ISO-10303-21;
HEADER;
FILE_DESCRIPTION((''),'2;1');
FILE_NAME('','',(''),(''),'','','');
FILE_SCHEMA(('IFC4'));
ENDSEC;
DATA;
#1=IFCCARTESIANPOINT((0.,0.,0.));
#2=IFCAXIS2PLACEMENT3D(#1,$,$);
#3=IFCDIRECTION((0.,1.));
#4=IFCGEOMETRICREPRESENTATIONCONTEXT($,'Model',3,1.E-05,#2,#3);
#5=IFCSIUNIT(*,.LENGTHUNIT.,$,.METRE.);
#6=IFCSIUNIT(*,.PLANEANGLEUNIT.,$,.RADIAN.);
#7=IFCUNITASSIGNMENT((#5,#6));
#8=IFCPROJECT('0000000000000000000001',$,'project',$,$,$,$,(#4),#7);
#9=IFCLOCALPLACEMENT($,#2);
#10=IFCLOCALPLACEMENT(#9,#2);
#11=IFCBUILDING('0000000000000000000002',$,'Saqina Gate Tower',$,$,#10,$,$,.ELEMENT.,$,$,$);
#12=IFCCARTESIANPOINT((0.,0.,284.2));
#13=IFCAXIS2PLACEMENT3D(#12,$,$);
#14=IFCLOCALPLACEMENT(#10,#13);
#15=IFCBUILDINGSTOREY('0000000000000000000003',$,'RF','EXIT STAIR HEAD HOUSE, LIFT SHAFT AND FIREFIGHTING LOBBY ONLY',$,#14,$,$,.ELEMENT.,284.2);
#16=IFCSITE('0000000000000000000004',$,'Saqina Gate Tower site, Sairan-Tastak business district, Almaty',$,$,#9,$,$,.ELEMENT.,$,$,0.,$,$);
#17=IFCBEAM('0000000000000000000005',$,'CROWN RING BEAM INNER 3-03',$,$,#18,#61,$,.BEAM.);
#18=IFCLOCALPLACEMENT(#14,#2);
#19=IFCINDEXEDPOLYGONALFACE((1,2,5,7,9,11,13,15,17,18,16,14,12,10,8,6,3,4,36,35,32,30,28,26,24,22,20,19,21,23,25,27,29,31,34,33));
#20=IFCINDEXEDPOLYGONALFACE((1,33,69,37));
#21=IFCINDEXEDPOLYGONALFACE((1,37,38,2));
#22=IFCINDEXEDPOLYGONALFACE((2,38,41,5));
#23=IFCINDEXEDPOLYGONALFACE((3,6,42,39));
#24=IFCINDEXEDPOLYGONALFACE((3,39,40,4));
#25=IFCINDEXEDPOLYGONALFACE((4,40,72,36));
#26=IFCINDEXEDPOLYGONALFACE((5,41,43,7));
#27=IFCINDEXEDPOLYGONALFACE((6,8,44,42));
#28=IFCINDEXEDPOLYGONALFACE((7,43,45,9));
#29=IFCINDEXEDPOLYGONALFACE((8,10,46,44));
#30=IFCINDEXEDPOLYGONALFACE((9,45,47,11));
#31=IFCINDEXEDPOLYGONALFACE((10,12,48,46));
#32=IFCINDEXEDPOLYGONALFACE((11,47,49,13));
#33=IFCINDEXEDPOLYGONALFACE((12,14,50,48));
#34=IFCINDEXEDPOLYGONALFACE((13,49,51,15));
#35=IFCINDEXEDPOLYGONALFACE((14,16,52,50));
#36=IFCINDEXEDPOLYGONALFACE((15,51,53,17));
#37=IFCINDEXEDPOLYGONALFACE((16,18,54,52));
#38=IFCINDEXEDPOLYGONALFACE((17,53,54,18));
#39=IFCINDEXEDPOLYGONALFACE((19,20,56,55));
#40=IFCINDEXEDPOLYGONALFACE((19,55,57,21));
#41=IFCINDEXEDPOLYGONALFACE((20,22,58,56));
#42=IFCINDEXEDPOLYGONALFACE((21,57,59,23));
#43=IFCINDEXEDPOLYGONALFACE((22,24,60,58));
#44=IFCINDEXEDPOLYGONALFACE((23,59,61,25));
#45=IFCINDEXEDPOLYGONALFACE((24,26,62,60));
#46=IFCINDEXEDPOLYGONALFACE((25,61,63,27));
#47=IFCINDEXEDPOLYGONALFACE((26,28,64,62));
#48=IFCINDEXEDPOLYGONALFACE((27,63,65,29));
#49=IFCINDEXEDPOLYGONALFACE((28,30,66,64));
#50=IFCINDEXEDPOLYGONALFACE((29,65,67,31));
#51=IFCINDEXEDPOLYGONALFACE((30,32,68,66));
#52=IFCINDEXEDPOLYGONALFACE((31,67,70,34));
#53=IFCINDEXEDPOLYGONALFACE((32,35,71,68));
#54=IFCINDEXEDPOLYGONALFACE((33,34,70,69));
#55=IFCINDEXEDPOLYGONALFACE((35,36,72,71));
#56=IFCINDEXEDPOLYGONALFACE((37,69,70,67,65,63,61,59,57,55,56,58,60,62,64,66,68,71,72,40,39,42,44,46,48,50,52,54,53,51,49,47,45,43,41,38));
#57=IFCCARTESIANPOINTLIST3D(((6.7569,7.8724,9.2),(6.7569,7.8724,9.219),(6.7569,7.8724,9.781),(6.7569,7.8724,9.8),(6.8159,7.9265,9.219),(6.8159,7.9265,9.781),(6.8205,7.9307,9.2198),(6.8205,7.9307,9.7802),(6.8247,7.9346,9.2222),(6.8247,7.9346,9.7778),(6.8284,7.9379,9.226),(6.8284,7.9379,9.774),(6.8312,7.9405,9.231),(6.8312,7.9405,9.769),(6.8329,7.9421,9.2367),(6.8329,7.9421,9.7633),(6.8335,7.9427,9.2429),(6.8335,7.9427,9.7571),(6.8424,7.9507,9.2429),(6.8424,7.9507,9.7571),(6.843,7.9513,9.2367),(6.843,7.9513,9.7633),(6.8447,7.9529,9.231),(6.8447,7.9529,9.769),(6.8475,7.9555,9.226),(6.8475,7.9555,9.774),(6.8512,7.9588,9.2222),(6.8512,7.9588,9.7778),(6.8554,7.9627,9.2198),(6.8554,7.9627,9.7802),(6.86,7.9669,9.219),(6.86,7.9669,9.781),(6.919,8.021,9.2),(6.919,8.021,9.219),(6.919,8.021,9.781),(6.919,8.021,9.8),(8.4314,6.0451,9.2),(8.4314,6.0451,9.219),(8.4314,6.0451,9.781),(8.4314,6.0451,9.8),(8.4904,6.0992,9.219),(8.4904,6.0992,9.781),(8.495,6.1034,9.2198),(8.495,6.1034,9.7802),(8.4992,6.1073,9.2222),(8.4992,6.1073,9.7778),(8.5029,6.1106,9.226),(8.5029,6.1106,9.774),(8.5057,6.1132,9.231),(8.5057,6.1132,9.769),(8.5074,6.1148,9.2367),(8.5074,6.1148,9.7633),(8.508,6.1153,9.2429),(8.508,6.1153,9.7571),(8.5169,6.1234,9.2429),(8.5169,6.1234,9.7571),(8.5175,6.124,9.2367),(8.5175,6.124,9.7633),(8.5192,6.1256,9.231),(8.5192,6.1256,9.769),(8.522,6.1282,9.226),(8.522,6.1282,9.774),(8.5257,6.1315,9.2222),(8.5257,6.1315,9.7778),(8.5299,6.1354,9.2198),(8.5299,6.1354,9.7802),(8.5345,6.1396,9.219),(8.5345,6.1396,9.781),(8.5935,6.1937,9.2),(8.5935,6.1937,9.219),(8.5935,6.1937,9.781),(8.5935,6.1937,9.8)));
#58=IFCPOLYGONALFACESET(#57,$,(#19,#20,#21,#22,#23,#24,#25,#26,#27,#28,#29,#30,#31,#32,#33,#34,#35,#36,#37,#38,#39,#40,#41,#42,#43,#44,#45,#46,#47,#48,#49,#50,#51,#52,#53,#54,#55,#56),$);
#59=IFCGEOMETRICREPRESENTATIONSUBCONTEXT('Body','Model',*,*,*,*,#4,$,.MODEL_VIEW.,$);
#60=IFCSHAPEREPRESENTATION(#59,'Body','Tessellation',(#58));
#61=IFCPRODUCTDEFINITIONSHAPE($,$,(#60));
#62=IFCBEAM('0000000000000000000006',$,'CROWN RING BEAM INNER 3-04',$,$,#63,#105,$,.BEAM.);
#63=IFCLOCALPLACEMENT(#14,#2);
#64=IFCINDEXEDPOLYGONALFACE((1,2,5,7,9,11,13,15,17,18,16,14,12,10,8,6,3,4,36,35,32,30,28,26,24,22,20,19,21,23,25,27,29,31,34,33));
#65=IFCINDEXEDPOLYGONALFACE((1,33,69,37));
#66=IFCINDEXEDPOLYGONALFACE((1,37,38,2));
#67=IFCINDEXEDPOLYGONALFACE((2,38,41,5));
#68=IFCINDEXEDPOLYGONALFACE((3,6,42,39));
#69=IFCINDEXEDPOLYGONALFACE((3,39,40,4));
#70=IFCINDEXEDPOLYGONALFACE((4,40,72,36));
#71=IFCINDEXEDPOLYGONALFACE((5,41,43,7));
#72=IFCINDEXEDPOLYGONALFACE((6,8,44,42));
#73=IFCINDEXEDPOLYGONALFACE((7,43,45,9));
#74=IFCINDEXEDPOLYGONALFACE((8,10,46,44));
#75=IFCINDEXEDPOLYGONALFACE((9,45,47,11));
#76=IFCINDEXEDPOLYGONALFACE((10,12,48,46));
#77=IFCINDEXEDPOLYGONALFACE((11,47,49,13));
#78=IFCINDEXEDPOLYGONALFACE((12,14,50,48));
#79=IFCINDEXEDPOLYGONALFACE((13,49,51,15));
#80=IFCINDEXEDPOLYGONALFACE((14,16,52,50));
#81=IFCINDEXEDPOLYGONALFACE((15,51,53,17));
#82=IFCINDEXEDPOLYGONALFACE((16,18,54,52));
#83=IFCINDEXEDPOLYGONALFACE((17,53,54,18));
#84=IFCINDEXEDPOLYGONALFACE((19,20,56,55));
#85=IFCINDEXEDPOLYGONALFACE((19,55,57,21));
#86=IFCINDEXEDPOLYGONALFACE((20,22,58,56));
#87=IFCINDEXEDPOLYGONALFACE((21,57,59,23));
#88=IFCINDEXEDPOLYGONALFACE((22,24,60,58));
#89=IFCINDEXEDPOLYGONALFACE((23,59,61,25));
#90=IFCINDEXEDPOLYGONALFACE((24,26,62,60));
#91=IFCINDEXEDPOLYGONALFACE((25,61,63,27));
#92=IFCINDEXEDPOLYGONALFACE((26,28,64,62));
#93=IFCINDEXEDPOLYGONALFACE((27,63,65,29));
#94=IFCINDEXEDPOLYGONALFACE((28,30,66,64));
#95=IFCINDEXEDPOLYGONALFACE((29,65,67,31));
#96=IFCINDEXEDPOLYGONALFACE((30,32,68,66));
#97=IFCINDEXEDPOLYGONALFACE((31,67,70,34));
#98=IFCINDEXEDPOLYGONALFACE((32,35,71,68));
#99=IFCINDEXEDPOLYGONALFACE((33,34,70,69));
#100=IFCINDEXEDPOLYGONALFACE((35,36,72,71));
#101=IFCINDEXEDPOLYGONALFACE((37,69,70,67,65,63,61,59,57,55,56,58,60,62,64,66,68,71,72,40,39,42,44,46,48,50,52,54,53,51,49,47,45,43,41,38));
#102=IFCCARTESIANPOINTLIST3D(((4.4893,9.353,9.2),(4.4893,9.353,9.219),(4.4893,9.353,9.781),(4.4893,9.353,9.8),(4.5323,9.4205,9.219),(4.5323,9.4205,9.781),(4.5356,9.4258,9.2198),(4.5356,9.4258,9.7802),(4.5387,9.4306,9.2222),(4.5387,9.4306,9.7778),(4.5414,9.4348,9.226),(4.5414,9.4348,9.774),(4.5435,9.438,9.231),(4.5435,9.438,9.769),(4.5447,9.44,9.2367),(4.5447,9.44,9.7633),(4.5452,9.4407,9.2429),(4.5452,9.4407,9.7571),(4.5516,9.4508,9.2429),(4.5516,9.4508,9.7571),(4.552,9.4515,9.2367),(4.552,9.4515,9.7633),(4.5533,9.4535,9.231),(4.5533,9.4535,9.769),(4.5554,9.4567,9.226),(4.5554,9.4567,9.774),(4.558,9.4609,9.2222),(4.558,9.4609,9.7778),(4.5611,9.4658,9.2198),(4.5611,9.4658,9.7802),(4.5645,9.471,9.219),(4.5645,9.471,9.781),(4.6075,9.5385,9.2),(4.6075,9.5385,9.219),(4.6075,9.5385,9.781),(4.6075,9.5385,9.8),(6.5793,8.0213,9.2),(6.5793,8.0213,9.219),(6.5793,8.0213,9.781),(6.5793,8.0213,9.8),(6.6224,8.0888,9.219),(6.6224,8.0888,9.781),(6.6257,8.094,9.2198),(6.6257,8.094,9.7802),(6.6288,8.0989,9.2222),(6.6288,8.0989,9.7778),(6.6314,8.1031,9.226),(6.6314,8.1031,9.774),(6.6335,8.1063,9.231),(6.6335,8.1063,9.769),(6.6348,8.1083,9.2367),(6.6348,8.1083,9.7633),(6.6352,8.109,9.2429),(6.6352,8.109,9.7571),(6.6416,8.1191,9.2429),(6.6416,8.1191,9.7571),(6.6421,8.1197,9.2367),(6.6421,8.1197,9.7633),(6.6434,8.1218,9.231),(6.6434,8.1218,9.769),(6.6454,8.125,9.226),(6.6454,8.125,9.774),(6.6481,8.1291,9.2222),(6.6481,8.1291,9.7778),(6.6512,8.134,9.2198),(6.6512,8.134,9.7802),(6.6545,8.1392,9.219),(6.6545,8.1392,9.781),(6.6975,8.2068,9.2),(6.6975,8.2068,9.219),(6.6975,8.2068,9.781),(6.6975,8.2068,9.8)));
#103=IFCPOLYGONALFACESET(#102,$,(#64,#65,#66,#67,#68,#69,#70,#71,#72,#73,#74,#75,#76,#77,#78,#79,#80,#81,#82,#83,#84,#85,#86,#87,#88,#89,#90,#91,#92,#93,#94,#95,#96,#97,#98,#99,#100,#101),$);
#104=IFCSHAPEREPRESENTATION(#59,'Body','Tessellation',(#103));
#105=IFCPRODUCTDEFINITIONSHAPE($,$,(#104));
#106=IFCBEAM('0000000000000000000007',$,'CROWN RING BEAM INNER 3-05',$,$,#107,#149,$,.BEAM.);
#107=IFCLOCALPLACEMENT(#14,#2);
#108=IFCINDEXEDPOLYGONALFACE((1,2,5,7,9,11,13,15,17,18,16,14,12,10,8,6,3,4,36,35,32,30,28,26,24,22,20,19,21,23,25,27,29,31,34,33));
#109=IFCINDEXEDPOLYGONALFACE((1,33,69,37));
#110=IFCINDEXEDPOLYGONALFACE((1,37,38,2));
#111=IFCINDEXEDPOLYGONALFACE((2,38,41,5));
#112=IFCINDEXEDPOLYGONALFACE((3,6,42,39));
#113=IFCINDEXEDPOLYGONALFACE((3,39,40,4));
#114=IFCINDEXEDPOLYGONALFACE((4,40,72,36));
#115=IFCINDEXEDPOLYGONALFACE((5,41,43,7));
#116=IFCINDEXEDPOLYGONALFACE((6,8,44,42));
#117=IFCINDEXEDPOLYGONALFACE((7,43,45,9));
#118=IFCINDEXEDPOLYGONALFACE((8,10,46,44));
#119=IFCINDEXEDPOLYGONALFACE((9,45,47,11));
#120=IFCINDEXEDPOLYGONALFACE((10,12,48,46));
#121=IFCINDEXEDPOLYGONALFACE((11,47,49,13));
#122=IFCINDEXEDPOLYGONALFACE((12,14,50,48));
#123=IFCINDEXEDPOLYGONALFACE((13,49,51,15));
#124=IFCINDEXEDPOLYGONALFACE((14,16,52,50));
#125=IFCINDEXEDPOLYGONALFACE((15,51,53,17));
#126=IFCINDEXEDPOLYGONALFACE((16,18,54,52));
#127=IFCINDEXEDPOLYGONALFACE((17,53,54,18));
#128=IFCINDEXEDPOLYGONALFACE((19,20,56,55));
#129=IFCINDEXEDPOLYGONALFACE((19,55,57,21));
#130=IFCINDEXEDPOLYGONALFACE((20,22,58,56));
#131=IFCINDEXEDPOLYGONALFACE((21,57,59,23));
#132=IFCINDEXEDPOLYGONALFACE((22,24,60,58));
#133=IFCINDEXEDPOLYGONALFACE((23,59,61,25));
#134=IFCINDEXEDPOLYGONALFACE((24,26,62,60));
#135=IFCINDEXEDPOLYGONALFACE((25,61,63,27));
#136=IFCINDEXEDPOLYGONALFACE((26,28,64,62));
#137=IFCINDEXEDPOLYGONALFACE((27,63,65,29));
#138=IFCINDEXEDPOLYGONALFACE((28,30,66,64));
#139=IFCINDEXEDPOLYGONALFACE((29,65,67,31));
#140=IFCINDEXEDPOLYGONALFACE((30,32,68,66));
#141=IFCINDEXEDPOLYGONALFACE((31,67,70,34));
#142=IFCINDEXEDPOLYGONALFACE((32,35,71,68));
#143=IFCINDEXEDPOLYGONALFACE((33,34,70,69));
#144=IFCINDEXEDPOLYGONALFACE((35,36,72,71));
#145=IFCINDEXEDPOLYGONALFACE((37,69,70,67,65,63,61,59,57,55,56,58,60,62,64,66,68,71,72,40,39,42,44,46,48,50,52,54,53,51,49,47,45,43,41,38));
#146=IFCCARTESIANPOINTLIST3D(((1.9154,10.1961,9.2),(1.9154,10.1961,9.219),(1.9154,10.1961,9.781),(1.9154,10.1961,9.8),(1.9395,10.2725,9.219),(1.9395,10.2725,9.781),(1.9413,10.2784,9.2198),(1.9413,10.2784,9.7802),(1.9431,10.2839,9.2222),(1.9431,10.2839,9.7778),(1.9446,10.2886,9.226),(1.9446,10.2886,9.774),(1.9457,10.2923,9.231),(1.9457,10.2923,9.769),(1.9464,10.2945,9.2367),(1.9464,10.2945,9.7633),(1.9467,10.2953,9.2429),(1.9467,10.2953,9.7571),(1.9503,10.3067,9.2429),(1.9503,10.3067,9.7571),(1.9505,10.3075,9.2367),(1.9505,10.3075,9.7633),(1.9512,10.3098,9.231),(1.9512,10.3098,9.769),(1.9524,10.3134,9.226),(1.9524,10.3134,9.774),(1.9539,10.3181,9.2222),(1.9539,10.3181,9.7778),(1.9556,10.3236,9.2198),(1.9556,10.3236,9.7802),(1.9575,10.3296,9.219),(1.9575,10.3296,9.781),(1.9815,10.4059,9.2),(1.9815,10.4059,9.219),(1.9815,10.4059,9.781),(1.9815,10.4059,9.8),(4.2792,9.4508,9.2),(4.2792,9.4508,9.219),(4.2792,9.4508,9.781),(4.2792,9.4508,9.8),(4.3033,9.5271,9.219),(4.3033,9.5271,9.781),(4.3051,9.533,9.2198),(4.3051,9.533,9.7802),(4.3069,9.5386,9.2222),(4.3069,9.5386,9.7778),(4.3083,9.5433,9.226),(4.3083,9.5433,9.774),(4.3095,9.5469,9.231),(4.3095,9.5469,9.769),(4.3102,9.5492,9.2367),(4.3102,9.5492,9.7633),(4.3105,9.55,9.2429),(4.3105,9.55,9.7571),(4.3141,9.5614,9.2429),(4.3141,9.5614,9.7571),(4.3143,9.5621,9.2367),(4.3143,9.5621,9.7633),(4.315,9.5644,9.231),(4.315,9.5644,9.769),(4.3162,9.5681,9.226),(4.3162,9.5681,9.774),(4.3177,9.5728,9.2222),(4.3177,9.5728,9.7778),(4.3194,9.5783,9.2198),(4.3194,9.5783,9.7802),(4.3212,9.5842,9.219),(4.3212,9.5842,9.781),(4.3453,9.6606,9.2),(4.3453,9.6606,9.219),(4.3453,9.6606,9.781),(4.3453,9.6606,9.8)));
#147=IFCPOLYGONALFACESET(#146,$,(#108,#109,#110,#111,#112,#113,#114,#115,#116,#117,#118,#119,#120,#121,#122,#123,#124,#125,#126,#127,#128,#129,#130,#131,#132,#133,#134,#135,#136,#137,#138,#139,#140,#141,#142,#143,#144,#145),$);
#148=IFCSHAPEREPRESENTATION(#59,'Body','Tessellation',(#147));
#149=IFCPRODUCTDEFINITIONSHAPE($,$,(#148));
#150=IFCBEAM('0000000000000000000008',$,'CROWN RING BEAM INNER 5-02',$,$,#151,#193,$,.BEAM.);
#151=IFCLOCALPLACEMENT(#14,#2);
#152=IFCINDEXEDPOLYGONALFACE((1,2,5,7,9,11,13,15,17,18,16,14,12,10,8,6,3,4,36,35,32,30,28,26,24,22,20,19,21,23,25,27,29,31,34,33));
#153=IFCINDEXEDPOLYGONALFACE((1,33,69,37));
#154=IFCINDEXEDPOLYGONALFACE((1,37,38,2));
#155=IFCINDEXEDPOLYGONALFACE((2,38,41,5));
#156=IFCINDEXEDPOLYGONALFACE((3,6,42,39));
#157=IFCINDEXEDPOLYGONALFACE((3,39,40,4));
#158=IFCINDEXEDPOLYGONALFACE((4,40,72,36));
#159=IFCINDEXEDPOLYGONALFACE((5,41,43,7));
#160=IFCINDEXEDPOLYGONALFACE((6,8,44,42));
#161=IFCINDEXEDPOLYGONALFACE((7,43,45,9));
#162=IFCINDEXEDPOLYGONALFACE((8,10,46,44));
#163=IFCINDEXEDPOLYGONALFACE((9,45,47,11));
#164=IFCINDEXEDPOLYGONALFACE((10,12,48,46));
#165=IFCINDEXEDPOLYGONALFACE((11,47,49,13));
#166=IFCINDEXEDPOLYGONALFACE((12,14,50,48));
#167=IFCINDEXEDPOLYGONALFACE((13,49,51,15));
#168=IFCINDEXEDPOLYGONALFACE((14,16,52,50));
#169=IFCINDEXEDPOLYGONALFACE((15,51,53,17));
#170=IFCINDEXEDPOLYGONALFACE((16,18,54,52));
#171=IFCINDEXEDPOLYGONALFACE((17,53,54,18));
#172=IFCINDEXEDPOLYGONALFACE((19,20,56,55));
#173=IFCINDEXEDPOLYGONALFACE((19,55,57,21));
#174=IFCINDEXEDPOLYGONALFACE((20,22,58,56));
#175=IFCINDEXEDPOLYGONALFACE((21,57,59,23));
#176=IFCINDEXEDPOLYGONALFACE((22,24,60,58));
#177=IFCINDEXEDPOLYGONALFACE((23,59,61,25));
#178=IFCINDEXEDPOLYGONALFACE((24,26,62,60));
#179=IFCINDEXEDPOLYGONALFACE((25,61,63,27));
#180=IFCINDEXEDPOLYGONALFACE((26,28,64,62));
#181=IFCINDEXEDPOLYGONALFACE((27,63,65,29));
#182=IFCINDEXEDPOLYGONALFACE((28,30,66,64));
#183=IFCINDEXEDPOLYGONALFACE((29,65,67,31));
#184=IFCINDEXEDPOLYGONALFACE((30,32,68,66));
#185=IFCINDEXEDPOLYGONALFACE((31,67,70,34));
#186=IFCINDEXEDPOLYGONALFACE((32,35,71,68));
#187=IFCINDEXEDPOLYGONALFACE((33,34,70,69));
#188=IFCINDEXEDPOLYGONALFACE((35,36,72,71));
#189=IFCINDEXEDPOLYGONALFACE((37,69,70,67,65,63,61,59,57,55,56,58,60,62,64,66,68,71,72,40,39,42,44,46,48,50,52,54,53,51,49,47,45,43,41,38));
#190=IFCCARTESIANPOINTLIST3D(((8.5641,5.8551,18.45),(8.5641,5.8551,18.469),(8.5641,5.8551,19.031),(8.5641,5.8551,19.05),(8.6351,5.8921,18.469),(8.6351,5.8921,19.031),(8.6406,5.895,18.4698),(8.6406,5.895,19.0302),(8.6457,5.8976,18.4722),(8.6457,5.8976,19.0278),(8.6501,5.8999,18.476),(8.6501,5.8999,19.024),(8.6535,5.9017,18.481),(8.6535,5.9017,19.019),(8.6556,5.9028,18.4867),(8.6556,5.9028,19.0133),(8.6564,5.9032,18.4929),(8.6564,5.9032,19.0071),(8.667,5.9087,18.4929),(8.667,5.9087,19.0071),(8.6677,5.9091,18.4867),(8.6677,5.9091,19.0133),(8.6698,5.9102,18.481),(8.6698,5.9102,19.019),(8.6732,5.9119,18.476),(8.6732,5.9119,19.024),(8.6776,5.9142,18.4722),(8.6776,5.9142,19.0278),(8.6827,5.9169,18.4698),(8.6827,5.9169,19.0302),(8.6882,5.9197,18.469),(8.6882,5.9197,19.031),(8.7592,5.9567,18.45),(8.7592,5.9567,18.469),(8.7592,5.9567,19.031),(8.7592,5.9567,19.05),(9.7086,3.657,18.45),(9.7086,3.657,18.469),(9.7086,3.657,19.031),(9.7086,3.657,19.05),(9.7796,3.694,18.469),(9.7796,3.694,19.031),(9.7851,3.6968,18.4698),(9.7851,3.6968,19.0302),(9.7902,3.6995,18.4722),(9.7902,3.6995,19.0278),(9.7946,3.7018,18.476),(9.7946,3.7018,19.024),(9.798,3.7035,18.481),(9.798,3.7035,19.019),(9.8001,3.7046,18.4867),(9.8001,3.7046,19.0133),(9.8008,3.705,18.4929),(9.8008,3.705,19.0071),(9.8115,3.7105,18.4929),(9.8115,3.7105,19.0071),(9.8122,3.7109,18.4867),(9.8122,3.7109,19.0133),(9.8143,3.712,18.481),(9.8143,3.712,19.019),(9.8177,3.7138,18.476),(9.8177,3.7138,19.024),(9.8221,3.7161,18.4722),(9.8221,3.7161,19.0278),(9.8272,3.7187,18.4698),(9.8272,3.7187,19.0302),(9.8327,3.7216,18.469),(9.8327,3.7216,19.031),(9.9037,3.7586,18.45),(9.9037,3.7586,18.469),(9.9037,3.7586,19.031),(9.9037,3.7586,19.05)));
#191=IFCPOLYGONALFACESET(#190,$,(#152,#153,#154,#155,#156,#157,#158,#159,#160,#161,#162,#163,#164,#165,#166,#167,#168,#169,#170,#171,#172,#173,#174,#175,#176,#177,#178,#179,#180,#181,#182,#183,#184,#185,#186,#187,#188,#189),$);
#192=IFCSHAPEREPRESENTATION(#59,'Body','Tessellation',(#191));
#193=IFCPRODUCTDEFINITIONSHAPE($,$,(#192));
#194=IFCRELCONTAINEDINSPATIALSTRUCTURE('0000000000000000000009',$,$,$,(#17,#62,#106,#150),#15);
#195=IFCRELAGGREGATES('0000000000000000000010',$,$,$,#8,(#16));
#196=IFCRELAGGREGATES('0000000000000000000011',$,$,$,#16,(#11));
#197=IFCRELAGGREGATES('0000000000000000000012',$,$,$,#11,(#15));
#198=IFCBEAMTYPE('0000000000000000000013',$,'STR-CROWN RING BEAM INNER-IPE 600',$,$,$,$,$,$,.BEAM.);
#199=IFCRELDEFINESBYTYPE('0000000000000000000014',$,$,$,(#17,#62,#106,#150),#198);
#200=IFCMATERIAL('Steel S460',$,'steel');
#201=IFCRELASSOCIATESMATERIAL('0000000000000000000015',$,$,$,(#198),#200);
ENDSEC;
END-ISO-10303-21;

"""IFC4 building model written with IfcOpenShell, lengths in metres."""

from ifc_helpers import new_model, si_unit, direction, frame, origin, origin_2d, place, context, subcontext, project, spatial, i_section, extrude, material, material_profile, profile_set, type_object, element, save


model = new_model("IFC4")

# Units and contexts
model_context = context("Model", 3, precision=1e-05, world=origin(), true_north=direction((0.0, 1.0)))
body_context = subcontext(model_context, "Body", "Model", "MODEL_VIEW")
ifc_project = project(units=[si_unit("LENGTHUNIT", "METRE"), si_unit("PLANEANGLEUNIT", "RADIAN")], contexts=[model_context])

# Site, building, storey
site_placement = place(None, origin())
site = spatial("IfcSite", under=ifc_project, at=site_placement, Name="Saqina Gate Tower site, Sairan-Tastak business district, Almaty", CompositionType="ELEMENT", RefElevation=0.0)
building_placement = place(site_placement, origin())
building = spatial("IfcBuilding", under=site, at=building_placement, Name="Saqina Gate Tower", CompositionType="ELEMENT")
storey_placement = place(building_placement, frame((0.0, 0.0, 284.2)))
storey = spatial("IfcBuildingStorey", under=building, at=storey_placement, Name="RF", Description="EXIT STAIR HEAD HOUSE, LIFT SHAFT AND FIREFIGHTING LOBBY ONLY", CompositionType="ELEMENT", Elevation=284.2)

# Beams
ifc_material_1 = material(Name="Steel S460", Category="steel")
ifc_material_profile_1 = material_profile(ifc_material_1, i_section(OverallWidth=0.22, OverallDepth=0.6001, WebThickness=0.012, FlangeThickness=0.019, FilletRadius=0.0239, at=origin_2d()), Name="IPE 600")
ifc_profile_set_1 = profile_set([ifc_material_profile_1], Name="Steel S460")
beam_type_1 = type_object("IfcBeamType", Name="STR-CROWN RING BEAM INNER-IPE 600", PredefinedType="BEAM", material=ifc_profile_set_1)
beam_1_placement = place(storey_placement, frame((8.5125, 6.1194, 9.5), z_axis=(-0.675604, 0.737265, 0.0), x_axis=(-0.737265, -0.675604, 0.0)))
element("IfcBeam", 1, at=beam_1_placement, inside=storey, type_object=beam_type_1, Name="CROWN RING BEAM INNER 3-03", PredefinedType="BEAM", context=body_context, shape_type="SweptSolid", body=[
    extrude(i_section(OverallWidth=0.22, OverallDepth=0.6001, WebThickness=0.012, FlangeThickness=0.019, FilletRadius=0.0239, at=origin_2d()), origin(), (0.0, 0.0, 1.0), 2.4785),
])
beam_2_placement = place(storey_placement, frame((6.6384, 8.114, 9.5), z_axis=(-0.843345, 0.537373, 0.0), x_axis=(-0.537373, -0.843345, 0.0)))
element("IfcBeam", 2, at=beam_2_placement, inside=storey, type_object=beam_type_1, Name="CROWN RING BEAM INNER 3-04", PredefinedType="BEAM", context=body_context, shape_type="SweptSolid", body=[
    extrude(i_section(OverallWidth=0.22, OverallDepth=0.6001, WebThickness=0.012, FlangeThickness=0.019, FilletRadius=0.0239, at=origin_2d()), origin(), (0.0, 0.0, 1.0), 2.4783),
])
beam_3_placement = place(storey_placement, frame((4.3123, 9.5557, 9.5), z_axis=(-0.953709, 0.300731, 0.0), x_axis=(-0.300731, -0.953709, 0.0)))
element("IfcBeam", 3, at=beam_3_placement, inside=storey, type_object=beam_type_1, Name="CROWN RING BEAM INNER 3-05", PredefinedType="BEAM", context=body_context, shape_type="SweptSolid", body=[
    extrude(i_section(OverallWidth=0.22, OverallDepth=0.6001, WebThickness=0.012, FlangeThickness=0.019, FilletRadius=0.0239, at=origin_2d()), origin(), (0.0, 0.0, 1.0), 2.4785),
])
beam_4_placement = place(storey_placement, frame((9.8062, 3.7078, 18.75), z_axis=(-0.461812, 0.886978, 0.0), x_axis=(-0.886978, -0.461812, 0.0)))
element("IfcBeam", 4, at=beam_4_placement, inside=storey, type_object=beam_type_1, Name="CROWN RING BEAM INNER 5-02", PredefinedType="BEAM", context=body_context, shape_type="SweptSolid", body=[
    extrude(i_section(OverallWidth=0.22, OverallDepth=0.6001, WebThickness=0.012, FlangeThickness=0.019, FilletRadius=0.0239, at=origin_2d()), origin(), (0.0, 0.0, 1.0), 2.4783),
])

save(model, "model.ifc")
